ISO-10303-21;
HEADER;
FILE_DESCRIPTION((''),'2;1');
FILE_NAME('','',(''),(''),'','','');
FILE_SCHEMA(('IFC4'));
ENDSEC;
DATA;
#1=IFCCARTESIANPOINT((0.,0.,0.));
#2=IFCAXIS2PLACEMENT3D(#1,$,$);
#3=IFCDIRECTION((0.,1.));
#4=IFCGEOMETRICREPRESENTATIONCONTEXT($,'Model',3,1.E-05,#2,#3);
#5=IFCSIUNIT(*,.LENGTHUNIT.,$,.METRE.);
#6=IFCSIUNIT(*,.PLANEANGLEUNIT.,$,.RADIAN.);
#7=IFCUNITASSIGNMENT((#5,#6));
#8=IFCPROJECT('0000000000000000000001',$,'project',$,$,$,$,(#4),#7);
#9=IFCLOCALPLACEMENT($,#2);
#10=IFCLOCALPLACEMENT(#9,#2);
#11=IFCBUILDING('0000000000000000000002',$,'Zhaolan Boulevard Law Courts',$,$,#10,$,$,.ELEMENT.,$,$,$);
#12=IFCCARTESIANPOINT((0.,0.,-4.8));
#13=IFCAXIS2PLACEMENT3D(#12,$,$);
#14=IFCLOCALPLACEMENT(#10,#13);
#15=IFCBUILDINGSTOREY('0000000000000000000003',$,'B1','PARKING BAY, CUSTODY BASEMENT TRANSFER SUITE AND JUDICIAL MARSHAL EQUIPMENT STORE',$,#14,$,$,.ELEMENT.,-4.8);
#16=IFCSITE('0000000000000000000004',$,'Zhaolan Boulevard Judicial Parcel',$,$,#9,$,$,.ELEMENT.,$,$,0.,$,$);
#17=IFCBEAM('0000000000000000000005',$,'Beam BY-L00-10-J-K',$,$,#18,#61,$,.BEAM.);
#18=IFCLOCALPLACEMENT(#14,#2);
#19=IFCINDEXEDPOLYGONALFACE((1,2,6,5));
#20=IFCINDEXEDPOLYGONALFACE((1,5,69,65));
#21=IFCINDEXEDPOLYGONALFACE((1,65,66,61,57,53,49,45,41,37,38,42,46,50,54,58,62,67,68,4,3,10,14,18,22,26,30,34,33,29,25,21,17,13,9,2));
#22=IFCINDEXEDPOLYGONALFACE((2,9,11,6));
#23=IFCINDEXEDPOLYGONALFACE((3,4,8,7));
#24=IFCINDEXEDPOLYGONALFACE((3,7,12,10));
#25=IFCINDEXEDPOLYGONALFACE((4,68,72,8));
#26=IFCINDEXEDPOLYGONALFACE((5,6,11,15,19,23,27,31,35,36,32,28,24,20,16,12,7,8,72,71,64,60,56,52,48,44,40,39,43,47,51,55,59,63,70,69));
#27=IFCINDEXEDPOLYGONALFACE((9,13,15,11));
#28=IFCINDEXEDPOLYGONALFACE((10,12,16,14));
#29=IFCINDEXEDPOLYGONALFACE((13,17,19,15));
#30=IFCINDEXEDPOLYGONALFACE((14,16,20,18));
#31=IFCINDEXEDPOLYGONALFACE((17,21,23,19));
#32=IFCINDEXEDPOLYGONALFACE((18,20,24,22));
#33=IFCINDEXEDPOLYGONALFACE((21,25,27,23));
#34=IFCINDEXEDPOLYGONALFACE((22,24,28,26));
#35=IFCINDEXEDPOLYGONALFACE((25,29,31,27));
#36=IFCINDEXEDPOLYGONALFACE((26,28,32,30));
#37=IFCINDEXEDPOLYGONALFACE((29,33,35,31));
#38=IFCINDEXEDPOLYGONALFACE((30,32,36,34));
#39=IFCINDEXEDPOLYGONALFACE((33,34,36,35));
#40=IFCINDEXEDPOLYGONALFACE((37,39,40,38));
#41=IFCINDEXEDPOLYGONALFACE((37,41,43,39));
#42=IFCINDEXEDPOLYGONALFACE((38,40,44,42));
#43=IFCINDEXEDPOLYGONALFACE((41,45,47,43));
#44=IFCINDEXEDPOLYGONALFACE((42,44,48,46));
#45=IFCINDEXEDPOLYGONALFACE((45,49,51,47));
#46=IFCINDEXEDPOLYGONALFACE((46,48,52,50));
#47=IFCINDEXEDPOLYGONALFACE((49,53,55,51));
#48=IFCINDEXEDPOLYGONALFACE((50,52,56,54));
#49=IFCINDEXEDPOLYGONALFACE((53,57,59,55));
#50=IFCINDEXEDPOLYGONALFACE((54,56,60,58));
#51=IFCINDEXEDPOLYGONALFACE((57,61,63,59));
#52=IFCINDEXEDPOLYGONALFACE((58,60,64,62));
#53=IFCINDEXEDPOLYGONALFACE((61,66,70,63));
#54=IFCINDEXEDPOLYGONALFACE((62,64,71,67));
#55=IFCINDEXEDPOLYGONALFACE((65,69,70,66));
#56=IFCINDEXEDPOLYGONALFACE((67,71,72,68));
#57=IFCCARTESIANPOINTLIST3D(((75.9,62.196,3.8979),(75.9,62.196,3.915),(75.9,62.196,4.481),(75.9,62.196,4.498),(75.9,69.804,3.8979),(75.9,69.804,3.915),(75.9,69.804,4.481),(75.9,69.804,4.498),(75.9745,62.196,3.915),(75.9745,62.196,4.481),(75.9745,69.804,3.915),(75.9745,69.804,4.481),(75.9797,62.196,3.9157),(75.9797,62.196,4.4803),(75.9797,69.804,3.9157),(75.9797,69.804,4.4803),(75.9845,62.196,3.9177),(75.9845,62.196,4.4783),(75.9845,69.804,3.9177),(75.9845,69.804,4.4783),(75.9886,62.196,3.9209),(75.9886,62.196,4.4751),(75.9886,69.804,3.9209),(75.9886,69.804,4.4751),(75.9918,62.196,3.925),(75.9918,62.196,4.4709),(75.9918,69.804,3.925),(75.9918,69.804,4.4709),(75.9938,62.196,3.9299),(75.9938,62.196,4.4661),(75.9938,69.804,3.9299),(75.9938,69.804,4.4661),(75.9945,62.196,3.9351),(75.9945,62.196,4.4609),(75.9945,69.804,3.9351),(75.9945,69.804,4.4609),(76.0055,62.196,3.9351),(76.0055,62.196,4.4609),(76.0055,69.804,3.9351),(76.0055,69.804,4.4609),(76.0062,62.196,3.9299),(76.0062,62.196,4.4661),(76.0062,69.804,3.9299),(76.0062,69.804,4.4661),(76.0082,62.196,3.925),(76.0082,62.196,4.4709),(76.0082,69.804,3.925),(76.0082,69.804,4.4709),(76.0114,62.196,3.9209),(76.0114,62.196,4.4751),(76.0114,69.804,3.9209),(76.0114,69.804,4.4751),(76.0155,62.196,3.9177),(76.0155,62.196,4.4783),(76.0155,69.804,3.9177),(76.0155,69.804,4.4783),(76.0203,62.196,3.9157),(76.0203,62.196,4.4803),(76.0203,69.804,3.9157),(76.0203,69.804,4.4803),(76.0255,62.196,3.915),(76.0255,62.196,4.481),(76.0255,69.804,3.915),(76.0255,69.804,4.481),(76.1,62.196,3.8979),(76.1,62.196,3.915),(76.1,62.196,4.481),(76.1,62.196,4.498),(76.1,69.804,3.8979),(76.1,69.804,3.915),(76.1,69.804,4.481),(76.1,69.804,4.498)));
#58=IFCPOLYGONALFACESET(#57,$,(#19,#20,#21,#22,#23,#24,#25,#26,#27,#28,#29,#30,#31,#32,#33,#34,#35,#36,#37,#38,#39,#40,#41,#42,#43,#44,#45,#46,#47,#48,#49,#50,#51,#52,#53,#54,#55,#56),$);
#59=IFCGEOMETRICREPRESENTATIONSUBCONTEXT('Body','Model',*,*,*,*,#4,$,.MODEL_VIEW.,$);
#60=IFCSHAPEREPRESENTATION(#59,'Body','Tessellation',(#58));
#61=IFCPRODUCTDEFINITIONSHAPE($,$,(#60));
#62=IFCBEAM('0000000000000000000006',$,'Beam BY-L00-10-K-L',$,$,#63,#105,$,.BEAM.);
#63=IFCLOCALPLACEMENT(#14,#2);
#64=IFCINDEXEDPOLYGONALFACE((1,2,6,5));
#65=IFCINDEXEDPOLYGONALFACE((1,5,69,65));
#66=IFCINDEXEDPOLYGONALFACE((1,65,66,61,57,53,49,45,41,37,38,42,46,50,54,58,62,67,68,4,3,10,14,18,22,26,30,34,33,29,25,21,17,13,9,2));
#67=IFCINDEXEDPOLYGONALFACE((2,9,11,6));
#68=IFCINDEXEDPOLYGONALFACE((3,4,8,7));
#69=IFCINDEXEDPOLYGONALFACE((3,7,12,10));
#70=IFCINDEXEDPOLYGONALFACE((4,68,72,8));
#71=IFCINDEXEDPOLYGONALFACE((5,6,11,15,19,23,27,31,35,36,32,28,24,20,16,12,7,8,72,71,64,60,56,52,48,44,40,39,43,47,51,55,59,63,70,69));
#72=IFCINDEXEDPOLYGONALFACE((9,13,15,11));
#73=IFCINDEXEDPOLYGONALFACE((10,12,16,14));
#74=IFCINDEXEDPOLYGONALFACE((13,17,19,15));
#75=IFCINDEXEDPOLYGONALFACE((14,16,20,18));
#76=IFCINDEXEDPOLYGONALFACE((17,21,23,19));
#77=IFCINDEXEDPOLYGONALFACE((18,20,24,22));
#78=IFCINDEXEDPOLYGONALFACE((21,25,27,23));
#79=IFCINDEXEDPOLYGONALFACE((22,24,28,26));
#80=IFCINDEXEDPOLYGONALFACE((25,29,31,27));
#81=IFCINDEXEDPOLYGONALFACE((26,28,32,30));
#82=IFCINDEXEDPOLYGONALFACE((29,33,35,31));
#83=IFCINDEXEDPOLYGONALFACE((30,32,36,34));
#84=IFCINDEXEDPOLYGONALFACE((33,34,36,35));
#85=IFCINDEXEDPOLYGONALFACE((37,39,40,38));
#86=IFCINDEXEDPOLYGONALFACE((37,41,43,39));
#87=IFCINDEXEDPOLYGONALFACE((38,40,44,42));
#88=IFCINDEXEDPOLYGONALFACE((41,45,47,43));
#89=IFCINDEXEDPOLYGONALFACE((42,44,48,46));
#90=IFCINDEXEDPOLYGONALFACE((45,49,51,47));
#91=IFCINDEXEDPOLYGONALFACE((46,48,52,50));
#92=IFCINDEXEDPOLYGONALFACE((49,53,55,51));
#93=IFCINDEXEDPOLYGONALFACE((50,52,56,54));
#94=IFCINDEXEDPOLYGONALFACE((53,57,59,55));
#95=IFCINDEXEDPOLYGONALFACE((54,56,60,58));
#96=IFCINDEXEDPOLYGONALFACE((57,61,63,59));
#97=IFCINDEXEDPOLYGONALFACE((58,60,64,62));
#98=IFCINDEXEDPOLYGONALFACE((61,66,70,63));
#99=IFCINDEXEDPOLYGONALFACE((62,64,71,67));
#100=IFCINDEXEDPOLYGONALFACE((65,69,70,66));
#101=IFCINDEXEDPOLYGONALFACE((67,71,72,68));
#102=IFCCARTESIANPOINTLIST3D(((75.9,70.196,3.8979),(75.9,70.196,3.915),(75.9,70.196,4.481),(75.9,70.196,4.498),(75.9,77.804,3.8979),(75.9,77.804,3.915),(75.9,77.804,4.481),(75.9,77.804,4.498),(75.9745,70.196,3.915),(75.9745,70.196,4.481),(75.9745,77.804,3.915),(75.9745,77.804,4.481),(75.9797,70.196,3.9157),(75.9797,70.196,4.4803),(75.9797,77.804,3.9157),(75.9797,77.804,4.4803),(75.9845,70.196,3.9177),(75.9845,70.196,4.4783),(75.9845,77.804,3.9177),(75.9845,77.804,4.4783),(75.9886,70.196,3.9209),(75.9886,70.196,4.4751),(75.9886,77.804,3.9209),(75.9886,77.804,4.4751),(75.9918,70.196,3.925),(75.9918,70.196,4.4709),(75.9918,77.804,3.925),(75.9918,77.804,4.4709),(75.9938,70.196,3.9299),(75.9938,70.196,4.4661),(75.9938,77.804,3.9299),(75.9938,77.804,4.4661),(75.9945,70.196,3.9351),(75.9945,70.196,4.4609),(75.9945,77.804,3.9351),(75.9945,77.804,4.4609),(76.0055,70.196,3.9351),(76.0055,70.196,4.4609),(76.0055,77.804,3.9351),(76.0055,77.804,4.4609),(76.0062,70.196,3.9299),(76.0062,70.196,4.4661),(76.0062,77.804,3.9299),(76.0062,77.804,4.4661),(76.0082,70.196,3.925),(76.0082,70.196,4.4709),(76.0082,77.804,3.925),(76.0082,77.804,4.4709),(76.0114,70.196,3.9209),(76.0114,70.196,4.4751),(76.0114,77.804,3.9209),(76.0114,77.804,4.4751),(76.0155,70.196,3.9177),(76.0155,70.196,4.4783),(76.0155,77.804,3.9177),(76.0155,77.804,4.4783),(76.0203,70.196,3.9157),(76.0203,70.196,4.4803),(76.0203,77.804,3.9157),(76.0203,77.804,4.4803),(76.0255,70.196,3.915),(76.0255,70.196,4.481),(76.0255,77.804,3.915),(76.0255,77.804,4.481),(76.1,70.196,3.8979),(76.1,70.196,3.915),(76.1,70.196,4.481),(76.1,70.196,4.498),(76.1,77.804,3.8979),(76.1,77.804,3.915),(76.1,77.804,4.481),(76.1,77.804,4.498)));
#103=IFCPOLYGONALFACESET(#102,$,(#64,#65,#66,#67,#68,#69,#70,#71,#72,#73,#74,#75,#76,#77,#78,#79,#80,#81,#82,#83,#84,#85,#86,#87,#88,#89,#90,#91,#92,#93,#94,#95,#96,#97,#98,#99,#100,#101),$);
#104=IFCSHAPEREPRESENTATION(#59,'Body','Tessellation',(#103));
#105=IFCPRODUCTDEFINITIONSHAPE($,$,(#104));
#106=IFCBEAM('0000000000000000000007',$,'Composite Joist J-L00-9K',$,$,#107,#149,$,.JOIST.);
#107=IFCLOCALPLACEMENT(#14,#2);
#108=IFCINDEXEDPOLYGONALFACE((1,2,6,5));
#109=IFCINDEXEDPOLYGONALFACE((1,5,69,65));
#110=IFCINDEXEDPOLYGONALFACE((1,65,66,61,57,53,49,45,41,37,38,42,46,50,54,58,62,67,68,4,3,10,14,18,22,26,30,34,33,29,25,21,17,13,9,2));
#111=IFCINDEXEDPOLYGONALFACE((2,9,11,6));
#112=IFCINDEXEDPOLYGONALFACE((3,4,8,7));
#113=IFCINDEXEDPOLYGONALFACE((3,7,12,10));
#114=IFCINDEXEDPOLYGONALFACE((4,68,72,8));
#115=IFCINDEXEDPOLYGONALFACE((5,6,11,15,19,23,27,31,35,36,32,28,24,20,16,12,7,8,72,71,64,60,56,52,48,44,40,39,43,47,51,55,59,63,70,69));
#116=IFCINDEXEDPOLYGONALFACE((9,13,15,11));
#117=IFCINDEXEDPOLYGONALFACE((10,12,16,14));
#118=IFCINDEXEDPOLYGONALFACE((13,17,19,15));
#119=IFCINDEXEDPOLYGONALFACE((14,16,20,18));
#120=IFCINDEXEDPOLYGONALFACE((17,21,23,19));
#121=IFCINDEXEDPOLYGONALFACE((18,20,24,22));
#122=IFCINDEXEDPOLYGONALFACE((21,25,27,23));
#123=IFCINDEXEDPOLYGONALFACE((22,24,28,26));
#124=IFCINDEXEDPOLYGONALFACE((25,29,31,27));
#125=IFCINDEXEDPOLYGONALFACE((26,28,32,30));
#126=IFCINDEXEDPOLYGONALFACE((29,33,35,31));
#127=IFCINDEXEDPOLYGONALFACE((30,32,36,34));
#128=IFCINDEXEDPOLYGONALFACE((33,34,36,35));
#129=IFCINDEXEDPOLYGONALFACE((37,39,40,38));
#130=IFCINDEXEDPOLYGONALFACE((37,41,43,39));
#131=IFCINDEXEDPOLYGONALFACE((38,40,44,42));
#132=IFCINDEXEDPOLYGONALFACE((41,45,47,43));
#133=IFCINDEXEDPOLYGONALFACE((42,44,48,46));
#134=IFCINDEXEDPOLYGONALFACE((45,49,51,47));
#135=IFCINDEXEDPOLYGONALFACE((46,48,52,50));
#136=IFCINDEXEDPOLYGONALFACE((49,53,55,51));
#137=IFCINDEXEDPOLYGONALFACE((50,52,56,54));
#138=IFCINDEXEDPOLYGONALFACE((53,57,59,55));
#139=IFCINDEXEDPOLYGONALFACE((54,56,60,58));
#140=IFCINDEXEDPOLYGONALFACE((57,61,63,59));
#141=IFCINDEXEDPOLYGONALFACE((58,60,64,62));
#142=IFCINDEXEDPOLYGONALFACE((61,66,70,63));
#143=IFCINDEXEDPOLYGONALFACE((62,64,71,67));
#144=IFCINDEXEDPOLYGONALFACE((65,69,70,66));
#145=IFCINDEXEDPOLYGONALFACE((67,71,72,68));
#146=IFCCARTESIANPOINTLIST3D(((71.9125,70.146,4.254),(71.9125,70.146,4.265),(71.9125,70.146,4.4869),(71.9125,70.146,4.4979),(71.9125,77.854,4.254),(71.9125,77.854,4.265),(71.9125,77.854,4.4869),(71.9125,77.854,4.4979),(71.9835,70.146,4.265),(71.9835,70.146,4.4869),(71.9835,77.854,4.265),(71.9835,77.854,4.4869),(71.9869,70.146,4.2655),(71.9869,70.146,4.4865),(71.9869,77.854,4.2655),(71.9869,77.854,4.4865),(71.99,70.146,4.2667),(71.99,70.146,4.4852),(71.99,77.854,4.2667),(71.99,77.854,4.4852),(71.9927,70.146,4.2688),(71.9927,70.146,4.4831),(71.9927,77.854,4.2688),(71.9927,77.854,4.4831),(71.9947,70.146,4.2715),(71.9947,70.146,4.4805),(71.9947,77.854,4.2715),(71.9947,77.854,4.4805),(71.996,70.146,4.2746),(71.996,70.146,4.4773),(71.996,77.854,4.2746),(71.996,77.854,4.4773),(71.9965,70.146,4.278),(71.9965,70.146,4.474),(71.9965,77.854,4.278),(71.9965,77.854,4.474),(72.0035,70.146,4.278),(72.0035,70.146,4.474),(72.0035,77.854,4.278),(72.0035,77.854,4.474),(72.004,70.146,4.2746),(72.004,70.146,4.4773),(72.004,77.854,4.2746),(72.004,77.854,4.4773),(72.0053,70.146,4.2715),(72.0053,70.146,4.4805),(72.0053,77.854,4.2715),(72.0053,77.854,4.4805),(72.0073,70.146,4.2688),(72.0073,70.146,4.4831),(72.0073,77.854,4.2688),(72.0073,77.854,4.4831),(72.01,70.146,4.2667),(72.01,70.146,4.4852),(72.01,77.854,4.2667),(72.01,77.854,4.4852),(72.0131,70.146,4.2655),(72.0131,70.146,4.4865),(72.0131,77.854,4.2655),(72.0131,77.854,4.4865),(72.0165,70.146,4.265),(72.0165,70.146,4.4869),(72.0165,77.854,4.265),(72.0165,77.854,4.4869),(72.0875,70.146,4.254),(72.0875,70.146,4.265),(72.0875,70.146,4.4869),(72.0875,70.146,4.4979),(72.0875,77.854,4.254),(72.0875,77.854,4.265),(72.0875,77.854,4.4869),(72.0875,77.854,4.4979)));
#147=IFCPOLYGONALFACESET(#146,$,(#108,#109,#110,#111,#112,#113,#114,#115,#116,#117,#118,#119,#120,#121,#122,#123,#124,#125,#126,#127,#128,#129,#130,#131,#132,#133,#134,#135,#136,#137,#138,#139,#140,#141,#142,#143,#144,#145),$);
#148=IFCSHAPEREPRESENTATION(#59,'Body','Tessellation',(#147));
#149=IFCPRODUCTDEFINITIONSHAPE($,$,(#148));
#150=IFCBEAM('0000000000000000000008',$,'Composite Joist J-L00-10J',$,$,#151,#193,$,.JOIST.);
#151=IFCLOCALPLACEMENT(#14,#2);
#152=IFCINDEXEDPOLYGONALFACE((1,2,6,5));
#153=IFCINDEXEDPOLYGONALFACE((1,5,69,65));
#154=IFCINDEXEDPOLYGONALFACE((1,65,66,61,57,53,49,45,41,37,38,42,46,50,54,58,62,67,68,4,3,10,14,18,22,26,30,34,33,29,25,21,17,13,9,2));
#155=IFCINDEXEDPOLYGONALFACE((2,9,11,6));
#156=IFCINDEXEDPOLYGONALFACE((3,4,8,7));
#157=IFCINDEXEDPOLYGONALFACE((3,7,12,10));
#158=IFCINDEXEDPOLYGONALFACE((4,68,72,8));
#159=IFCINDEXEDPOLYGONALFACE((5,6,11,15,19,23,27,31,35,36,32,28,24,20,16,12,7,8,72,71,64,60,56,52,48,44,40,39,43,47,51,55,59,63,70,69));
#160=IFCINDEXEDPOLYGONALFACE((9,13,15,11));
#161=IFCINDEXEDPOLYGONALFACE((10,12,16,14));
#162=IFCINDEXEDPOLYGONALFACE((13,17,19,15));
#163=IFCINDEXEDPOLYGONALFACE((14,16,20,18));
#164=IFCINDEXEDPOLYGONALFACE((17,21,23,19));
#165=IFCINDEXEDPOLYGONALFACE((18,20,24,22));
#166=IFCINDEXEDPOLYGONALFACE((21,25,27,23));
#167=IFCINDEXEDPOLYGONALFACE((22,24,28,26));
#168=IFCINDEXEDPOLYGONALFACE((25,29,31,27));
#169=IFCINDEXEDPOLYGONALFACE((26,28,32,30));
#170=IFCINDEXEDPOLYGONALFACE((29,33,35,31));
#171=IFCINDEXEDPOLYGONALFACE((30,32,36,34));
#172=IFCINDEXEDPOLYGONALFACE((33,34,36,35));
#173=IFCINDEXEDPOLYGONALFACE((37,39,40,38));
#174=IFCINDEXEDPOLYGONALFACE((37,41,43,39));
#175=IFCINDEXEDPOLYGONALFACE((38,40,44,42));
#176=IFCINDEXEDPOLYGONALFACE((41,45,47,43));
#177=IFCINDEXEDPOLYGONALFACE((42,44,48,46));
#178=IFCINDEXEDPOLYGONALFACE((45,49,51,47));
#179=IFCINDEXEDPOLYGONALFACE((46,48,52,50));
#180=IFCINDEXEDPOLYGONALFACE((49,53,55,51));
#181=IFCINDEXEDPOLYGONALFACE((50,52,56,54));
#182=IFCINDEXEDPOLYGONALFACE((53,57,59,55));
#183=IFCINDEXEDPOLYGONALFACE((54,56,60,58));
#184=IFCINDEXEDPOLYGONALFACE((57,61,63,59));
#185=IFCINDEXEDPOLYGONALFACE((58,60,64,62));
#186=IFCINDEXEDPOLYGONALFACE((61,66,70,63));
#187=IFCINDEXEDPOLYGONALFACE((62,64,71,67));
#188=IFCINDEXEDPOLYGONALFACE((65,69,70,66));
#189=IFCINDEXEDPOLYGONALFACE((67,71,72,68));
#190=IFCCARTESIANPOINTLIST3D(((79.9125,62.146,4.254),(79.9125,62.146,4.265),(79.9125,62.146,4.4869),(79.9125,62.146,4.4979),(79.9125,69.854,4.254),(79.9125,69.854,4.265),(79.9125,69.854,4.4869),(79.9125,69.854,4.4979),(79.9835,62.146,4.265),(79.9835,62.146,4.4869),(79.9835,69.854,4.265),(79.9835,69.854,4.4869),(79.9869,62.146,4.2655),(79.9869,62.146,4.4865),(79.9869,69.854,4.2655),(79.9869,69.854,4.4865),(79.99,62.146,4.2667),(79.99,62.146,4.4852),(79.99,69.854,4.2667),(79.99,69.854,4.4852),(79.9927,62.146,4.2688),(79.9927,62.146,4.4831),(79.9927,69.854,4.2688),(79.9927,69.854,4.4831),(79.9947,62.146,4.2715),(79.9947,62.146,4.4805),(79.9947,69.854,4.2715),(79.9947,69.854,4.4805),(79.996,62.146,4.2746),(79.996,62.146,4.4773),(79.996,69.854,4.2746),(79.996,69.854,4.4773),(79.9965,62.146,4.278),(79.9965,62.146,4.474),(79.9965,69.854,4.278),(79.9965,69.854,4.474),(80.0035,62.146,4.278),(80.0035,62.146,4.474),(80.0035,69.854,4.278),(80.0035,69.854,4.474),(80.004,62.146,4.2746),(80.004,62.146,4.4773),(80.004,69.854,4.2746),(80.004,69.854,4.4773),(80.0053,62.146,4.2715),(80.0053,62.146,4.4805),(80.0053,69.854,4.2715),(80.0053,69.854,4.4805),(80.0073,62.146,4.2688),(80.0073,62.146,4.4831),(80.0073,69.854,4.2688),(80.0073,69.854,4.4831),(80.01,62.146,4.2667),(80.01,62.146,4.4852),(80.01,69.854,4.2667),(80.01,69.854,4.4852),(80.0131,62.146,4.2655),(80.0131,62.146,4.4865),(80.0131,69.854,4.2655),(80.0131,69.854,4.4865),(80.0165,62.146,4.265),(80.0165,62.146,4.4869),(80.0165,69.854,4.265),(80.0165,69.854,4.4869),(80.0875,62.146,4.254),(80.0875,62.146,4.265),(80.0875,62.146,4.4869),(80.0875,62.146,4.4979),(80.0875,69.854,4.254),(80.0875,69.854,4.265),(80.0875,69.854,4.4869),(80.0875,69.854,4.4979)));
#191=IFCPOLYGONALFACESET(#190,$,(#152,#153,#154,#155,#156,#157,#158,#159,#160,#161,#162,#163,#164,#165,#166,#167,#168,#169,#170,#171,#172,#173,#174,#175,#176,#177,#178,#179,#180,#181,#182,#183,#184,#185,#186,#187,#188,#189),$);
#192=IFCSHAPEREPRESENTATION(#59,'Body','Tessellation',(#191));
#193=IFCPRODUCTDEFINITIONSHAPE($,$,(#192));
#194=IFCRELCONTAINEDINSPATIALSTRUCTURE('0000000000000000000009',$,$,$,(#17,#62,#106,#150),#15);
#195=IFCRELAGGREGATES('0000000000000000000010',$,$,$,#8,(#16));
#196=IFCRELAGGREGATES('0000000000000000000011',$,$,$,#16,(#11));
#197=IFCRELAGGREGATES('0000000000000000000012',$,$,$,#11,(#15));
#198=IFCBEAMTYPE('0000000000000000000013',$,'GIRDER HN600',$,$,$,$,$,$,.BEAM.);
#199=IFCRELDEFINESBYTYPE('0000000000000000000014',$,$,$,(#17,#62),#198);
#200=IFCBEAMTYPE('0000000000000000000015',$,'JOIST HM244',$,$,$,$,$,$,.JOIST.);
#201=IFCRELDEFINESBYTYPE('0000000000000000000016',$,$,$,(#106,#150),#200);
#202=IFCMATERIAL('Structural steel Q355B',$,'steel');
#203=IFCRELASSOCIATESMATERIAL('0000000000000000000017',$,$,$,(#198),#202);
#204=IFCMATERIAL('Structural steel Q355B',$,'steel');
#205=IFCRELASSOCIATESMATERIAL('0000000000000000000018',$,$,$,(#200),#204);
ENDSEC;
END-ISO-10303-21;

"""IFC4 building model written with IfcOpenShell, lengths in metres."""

from ifc_helpers import new_model, si_unit, direction, frame, origin, origin_2d, place, context, subcontext, project, spatial, i_section, extrude, material, material_profile, profile_set, type_object, element, save


model = new_model("IFC4")

# Units and contexts
model_context = context("Model", 3, precision=1e-05, world=origin(), true_north=direction((0.0, 1.0)))
body_context = subcontext(model_context, "Body", "Model", "MODEL_VIEW")
ifc_project = project(units=[si_unit("LENGTHUNIT", "METRE"), si_unit("PLANEANGLEUNIT", "RADIAN")], contexts=[model_context])

# Site, building, storey
site_placement = place(None, origin())
site = spatial("IfcSite", under=ifc_project, at=site_placement, Name="Zhaolan Boulevard Judicial Parcel", CompositionType="ELEMENT", RefElevation=0.0)
building_placement = place(site_placement, origin())
building = spatial("IfcBuilding", under=site, at=building_placement, Name="Zhaolan Boulevard Law Courts", CompositionType="ELEMENT")
storey_placement = place(building_placement, frame((0.0, 0.0, -4.8)))
storey = spatial("IfcBuildingStorey", under=building, at=storey_placement, Name="B1", Description="PARKING BAY, CUSTODY BASEMENT TRANSFER SUITE AND JUDICIAL MARSHAL EQUIPMENT STORE", CompositionType="ELEMENT", Elevation=-4.8)

# Beams
ifc_material_1 = material(Name="Structural steel Q355B", Category="steel")
ifc_material_profile_1 = material_profile(ifc_material_1, i_section(OverallWidth=0.2, OverallDepth=0.6001, WebThickness=0.011, FlangeThickness=0.0171, FilletRadius=0.02, at=origin_2d()), Name="HN600x200")
ifc_profile_set_1 = profile_set([ifc_material_profile_1], Name="Structural steel Q355B")
beam_type_1 = type_object("IfcBeamType", Name="GIRDER HN600", PredefinedType="BEAM", material=ifc_profile_set_1)
for number, where, z_axis, x_axis, name in (
    (1, (76.0, 62.196, 4.198), (0.0, 1.0, 0.0), (-1.0, 0.0, 0.0), "Beam BY-L00-10-J-K"),
    (2, (76.0, 70.196, 4.198), (0.0, 1.0, 0.0), (-1.0, 0.0, 0.0), "Beam BY-L00-10-K-L"),
):
    element("IfcBeam", number, at=place(storey_placement, frame(where, z_axis=z_axis, x_axis=x_axis)), inside=storey, type_object=beam_type_1, Name=name, PredefinedType="BEAM", context=body_context, shape_type="SweptSolid", body=[
        extrude(i_section(OverallWidth=0.2, OverallDepth=0.6001, WebThickness=0.011, FlangeThickness=0.0171, FilletRadius=0.02, at=origin_2d()), origin(), (0.0, 0.0, 1.0), 7.6079),
    ])
ifc_material_2 = material(Name="Structural steel Q355B", Category="steel")
ifc_material_profile_2 = material_profile(ifc_material_2, i_section(OverallWidth=0.175, OverallDepth=0.2439, WebThickness=0.0071, FlangeThickness=0.011, FilletRadius=0.0129, at=origin_2d()), Name="HM244x175")
ifc_profile_set_2 = profile_set([ifc_material_profile_2], Name="Structural steel Q355B")
beam_type_2 = type_object("IfcBeamType", Name="JOIST HM244", PredefinedType="JOIST", material=ifc_profile_set_2)
for number, where, z_axis, x_axis, name in (
    (3, (72.0, 70.146, 4.376), (0.0, 1.0, 0.0), (-1.0, 0.0, 0.0), "Composite Joist J-L00-9K"),
    (4, (80.0, 62.146, 4.376), (0.0, 1.0, 0.0), (-1.0, 0.0, 0.0), "Composite Joist J-L00-10J"),
):
    element("IfcBeam", number, at=place(storey_placement, frame(where, z_axis=z_axis, x_axis=x_axis)), inside=storey, type_object=beam_type_2, Name=name, PredefinedType="JOIST", context=body_context, shape_type="SweptSolid", body=[
        extrude(i_section(OverallWidth=0.175, OverallDepth=0.2439, WebThickness=0.0071, FlangeThickness=0.011, FilletRadius=0.0129, at=origin_2d()), origin(), (0.0, 0.0, 1.0), 7.708),
    ])

save(model, "model.ifc")
